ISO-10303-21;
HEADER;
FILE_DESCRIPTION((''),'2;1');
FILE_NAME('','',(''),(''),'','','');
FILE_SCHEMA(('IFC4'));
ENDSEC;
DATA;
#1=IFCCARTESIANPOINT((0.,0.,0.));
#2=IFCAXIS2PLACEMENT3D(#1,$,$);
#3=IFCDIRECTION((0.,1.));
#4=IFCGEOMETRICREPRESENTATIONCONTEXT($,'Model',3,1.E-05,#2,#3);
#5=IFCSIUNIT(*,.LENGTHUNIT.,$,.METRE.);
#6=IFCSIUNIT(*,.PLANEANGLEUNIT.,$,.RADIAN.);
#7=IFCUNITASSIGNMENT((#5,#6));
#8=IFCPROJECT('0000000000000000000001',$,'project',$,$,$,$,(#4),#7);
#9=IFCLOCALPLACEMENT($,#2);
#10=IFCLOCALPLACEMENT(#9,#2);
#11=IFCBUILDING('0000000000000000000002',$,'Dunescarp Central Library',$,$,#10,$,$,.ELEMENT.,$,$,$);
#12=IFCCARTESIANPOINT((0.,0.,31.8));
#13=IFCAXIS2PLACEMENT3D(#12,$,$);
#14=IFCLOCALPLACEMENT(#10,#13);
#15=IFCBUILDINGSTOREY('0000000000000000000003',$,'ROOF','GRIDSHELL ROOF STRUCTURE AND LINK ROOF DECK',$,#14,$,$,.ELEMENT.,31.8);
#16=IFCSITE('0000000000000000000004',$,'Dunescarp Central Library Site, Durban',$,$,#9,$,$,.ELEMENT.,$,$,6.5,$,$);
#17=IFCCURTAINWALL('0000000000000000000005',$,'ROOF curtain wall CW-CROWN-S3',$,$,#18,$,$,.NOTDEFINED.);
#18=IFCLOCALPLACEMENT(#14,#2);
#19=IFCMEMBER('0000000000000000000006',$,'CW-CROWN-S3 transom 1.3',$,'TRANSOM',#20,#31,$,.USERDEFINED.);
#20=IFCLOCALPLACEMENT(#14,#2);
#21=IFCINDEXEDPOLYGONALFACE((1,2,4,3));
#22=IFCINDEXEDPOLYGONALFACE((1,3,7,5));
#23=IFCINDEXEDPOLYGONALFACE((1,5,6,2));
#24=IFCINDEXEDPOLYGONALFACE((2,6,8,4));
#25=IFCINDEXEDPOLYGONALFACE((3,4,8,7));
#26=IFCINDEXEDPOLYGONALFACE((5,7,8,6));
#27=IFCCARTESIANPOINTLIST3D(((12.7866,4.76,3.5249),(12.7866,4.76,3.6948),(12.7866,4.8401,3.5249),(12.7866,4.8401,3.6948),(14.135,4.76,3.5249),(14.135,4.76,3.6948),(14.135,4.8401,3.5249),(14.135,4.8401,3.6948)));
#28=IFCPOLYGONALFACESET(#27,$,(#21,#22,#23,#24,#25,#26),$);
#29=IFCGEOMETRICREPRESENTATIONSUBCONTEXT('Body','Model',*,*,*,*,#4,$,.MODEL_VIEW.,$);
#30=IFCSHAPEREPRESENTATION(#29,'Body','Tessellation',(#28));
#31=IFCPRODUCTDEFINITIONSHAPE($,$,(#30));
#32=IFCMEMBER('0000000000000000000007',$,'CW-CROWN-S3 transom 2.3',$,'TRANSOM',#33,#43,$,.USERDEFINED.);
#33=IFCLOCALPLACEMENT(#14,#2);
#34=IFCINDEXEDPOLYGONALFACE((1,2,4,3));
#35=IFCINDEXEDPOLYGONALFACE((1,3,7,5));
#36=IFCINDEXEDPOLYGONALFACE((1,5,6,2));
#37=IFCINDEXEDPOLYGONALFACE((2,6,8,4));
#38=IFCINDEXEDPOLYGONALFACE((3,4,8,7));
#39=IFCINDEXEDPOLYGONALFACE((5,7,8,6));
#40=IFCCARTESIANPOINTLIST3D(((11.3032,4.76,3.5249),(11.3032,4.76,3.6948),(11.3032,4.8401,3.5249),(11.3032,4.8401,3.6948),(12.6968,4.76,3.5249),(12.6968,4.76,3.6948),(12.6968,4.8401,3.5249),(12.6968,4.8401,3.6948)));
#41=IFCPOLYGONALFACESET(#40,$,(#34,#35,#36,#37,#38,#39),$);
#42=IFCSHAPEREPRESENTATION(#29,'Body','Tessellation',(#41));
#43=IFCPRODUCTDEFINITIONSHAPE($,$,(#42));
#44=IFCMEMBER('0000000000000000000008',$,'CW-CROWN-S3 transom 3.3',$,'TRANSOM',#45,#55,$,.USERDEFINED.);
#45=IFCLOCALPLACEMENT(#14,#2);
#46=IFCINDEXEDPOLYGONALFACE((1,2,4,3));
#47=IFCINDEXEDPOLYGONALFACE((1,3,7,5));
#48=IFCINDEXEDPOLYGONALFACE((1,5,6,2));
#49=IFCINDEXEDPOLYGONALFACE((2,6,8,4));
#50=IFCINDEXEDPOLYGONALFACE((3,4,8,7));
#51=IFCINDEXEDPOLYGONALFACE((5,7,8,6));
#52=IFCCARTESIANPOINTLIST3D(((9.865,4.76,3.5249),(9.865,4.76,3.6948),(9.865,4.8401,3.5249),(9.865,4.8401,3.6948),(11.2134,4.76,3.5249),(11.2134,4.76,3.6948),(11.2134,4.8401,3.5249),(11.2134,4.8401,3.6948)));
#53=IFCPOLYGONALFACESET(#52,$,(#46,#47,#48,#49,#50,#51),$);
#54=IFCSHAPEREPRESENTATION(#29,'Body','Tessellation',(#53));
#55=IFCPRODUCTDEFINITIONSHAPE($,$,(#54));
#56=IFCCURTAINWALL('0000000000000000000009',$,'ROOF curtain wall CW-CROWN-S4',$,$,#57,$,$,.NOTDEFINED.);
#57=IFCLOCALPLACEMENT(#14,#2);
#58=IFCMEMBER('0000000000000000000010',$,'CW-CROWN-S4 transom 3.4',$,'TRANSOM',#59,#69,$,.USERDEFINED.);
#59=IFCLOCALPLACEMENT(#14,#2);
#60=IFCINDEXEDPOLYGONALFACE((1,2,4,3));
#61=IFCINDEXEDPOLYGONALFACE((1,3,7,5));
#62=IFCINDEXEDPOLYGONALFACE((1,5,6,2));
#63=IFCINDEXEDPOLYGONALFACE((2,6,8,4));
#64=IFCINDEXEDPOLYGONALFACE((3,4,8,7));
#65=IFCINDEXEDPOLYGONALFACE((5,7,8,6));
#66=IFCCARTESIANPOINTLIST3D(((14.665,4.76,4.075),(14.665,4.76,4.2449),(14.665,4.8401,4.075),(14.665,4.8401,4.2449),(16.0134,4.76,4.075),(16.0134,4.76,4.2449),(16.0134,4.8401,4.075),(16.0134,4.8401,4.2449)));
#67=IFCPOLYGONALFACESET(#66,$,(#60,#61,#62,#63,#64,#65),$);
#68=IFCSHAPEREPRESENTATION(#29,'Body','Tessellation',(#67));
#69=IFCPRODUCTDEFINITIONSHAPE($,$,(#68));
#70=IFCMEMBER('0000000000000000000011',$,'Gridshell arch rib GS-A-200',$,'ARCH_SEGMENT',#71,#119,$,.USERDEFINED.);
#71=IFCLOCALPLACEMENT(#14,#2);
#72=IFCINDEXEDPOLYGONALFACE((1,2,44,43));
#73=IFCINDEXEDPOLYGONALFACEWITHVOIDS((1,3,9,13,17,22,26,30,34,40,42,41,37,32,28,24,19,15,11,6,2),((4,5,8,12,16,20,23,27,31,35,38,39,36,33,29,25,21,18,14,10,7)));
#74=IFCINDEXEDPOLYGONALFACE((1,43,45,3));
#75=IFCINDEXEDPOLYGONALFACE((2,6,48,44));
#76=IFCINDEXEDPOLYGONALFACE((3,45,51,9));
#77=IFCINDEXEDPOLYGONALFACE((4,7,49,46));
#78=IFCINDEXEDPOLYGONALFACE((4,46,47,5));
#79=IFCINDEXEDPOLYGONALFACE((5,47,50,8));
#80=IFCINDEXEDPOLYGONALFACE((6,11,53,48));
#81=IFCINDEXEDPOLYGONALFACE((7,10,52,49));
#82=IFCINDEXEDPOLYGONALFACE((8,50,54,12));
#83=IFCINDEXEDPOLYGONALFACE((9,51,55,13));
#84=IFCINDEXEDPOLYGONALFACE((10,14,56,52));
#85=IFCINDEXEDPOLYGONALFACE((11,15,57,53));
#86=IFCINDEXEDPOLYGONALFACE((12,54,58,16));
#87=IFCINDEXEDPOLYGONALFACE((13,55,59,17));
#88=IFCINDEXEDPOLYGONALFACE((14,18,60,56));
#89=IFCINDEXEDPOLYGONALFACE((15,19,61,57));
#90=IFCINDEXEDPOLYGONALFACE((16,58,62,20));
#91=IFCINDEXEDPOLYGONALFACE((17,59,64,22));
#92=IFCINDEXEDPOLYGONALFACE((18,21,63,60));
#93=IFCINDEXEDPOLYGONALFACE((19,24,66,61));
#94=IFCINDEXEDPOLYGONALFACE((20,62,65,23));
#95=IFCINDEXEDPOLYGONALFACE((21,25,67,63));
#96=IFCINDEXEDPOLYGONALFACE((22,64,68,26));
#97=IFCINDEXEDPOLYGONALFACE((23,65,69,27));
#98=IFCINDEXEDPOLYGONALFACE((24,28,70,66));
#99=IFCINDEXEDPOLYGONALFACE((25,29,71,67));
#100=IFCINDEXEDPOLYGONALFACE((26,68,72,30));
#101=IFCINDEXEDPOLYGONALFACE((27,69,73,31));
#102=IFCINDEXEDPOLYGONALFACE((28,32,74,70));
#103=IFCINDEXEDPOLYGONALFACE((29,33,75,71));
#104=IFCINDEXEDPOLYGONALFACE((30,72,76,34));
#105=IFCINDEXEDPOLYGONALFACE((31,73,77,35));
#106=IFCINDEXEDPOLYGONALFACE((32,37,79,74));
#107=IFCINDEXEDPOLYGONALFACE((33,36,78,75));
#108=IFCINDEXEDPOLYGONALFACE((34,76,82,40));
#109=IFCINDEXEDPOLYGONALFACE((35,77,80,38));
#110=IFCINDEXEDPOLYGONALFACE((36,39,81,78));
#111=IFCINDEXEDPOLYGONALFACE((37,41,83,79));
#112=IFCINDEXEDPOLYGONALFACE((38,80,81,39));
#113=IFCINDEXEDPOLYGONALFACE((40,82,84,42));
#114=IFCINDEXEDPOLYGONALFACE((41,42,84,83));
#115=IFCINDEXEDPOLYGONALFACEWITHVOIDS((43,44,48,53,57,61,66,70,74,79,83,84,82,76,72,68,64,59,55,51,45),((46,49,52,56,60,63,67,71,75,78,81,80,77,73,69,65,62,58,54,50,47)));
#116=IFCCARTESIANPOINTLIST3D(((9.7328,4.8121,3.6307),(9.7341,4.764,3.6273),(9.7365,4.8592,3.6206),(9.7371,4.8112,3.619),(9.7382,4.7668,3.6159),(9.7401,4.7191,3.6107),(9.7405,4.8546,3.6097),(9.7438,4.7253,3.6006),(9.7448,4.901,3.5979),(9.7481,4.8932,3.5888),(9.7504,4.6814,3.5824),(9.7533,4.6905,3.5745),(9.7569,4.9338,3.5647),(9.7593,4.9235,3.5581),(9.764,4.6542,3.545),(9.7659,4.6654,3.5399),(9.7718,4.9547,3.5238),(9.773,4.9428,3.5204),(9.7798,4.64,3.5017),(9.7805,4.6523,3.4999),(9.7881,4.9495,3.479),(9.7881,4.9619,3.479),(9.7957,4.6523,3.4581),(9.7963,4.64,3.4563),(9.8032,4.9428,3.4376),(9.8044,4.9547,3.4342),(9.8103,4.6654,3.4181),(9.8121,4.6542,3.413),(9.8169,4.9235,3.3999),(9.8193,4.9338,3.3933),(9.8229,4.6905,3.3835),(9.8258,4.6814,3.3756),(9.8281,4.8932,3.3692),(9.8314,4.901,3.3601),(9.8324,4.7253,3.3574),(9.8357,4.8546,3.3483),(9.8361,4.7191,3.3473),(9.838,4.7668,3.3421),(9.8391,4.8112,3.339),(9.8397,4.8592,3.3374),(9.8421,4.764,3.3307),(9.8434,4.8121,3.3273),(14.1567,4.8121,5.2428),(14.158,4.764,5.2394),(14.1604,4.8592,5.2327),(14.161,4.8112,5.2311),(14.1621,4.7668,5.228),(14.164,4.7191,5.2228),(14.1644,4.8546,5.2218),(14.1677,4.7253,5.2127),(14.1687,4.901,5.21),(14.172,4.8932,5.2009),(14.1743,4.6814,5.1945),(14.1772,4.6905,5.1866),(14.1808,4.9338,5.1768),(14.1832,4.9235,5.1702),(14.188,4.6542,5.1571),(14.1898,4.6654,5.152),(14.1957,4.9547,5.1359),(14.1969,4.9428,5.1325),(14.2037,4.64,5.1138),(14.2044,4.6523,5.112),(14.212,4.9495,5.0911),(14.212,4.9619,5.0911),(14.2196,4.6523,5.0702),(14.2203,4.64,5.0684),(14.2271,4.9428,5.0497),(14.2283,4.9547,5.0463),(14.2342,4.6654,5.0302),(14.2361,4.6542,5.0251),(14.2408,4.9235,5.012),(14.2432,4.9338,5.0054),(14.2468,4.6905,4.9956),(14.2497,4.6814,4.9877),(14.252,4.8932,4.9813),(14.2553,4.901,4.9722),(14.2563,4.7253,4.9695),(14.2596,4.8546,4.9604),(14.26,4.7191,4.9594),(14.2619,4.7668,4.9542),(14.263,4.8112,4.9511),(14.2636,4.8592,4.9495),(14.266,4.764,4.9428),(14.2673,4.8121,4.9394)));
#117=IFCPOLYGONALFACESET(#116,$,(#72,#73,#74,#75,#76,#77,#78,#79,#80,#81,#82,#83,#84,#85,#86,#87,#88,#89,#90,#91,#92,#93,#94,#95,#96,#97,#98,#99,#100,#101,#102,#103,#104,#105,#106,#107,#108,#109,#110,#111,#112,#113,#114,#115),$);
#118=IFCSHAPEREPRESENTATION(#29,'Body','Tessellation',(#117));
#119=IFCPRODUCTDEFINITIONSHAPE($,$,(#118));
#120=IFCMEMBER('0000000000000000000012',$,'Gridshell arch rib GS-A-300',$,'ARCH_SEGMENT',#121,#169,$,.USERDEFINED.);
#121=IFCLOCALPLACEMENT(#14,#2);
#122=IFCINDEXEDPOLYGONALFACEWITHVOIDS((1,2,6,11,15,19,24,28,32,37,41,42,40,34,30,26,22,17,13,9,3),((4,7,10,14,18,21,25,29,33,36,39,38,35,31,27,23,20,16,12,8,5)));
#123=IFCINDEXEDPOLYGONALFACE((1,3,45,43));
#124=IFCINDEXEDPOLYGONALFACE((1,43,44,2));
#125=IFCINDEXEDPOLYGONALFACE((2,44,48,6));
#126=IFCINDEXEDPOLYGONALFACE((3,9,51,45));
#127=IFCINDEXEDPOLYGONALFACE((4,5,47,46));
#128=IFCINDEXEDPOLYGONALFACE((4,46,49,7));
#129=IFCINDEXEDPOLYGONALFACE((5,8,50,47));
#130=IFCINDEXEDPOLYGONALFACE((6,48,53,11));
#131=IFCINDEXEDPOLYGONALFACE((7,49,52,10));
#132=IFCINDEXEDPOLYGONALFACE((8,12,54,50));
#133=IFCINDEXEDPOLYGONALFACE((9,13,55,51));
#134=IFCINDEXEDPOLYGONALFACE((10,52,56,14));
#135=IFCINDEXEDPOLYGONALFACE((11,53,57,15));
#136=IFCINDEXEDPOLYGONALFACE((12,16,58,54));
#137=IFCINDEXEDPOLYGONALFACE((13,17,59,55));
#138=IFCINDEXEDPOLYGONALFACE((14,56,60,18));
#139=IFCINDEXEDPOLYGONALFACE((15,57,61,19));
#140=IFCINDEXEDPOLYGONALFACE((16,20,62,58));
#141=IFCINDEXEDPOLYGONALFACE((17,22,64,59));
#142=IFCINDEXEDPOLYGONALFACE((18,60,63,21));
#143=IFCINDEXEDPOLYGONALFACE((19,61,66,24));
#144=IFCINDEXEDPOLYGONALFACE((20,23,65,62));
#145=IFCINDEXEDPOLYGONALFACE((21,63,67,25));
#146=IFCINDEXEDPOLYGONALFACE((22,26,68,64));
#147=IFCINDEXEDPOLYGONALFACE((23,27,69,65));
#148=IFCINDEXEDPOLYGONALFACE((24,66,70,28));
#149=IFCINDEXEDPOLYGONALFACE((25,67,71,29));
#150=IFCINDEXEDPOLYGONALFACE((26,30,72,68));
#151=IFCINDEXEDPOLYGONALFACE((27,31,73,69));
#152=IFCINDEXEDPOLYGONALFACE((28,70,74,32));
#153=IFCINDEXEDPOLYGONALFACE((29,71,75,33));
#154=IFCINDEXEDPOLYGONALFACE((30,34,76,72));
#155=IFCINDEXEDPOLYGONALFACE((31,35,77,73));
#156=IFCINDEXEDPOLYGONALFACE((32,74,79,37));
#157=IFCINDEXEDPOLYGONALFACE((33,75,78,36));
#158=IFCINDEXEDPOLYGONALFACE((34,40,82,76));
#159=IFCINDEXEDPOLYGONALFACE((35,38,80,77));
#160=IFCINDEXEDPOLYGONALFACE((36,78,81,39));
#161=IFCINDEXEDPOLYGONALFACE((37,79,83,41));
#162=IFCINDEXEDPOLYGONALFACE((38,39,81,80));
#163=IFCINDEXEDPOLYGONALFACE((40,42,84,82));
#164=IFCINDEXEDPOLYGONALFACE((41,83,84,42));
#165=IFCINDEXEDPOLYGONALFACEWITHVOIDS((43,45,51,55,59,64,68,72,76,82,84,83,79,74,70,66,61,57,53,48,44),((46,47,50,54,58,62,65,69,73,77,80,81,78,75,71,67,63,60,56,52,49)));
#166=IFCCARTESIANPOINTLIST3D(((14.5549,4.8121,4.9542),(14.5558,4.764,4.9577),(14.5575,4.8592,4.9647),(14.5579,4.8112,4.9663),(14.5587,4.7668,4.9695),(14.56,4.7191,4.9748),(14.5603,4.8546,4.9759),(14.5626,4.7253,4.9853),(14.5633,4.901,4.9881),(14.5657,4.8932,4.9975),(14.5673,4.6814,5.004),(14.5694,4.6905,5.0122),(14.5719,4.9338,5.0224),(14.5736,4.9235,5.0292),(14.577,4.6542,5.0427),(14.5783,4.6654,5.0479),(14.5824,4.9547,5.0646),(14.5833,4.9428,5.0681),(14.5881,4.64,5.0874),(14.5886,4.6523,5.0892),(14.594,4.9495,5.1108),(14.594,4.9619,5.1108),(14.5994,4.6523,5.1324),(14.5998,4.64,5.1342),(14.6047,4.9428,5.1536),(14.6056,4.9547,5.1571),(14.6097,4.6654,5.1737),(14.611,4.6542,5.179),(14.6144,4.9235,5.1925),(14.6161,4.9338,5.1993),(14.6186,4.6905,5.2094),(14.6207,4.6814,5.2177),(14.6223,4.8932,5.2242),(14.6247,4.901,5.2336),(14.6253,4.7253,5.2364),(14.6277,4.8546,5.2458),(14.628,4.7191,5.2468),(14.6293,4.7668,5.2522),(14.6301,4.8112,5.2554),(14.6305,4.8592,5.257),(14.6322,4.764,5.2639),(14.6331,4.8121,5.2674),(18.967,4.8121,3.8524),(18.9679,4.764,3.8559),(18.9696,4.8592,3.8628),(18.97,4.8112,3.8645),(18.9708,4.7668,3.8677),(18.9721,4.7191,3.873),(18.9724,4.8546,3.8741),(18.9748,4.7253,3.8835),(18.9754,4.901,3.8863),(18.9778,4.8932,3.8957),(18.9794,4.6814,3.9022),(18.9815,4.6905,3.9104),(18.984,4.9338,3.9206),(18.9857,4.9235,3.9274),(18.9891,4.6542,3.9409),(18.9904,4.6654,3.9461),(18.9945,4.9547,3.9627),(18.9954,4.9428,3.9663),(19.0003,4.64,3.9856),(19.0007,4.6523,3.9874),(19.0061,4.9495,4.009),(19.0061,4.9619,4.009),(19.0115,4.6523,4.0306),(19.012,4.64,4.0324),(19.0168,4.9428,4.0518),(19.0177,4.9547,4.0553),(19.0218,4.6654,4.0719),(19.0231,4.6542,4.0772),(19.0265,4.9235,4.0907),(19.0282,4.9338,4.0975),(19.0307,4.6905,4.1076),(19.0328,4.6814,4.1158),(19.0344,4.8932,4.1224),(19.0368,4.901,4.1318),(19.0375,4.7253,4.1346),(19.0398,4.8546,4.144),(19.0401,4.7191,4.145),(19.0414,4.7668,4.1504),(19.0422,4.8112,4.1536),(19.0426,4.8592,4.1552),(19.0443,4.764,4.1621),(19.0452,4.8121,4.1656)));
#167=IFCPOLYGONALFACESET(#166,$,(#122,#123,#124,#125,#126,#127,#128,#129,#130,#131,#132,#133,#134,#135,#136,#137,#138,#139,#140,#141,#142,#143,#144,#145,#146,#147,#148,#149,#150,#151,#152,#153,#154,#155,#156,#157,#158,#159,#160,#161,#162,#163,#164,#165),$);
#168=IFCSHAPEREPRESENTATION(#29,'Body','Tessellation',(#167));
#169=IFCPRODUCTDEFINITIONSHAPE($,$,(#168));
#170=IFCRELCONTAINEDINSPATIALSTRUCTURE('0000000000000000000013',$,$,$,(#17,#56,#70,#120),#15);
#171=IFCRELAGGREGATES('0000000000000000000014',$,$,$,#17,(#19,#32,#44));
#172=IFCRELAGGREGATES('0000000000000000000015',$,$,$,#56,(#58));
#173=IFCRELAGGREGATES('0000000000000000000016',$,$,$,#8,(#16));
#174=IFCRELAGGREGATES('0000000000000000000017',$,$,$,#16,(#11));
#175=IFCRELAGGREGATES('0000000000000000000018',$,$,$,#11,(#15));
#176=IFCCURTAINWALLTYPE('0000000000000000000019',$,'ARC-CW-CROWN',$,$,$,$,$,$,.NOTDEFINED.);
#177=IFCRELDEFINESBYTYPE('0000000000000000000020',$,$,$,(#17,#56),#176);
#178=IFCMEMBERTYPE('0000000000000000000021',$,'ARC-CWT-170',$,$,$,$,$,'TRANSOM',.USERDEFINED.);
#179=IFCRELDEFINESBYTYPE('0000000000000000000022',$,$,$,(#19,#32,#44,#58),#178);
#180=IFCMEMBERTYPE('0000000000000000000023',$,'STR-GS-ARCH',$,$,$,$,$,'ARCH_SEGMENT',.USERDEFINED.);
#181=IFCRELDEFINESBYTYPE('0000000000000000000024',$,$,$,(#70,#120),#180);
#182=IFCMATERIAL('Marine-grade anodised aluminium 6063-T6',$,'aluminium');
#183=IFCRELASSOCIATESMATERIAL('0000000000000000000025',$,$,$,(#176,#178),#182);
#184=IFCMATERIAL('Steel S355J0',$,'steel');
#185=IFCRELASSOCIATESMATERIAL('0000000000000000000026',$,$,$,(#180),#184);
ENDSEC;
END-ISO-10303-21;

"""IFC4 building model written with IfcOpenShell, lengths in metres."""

from ifc_helpers import new_model, si_unit, direction, frame, origin, origin_2d, place, context, subcontext, project, spatial, rectangle, hollow_circle, extrude, material, material_profile, profile_set, type_object, element, aggregate, save


model = new_model("IFC4")

# Units and contexts
model_context = context("Model", 3, precision=1e-05, world=origin(), true_north=direction((0.0, 1.0)))
body_context = subcontext(model_context, "Body", "Model", "MODEL_VIEW")
ifc_project = project(units=[si_unit("LENGTHUNIT", "METRE"), si_unit("PLANEANGLEUNIT", "RADIAN")], contexts=[model_context])

# Site, building, storey
site_placement = place(None, origin())
site = spatial("IfcSite", under=ifc_project, at=site_placement, Name="Dunescarp Central Library Site, Durban", CompositionType="ELEMENT", RefElevation=6.5)
building_placement = place(site_placement, origin())
building = spatial("IfcBuilding", under=site, at=building_placement, Name="Dunescarp Central Library", CompositionType="ELEMENT")
storey_placement = place(building_placement, frame((0.0, 0.0, 31.8)))
storey = spatial("IfcBuildingStorey", under=building, at=storey_placement, Name="ROOF", Description="GRIDSHELL ROOF STRUCTURE AND LINK ROOF DECK", CompositionType="ELEMENT", Elevation=31.8)

# Curtain wall, members
ifc_material_1 = material(Name="Marine-grade anodised aluminium 6063-T6", Category="aluminium")
curtain_wall_type = type_object("IfcCurtainWallType", Name="ARC-CW-CROWN", PredefinedType="NOTDEFINED", material=ifc_material_1)
curtain_wall_1_placement = place(storey_placement, origin())
curtain_wall_1 = element("IfcCurtainWall", 1, at=curtain_wall_1_placement, inside=storey, type_object=curtain_wall_type, Name="ROOF curtain wall CW-CROWN-S3", PredefinedType="NOTDEFINED")
ifc_material_profile_1 = material_profile(ifc_material_1, rectangle(XDim=0.0801, YDim=0.1699, at=origin_2d()), Name="AL 80x170")
ifc_profile_set_1 = profile_set([ifc_material_profile_1], Name="Marine-grade anodised aluminium 6063-T6")
member_type_1 = type_object("IfcMemberType", Name="ARC-CWT-170", ElementType="TRANSOM", PredefinedType="USERDEFINED", material=ifc_profile_set_1)
member_1_placement = place(storey_placement, frame((14.135, 4.8, 3.6099), z_axis=(-1.0, 0.0, 0.0), x_axis=(0.0, -1.0, 0.0)))
member_1 = element("IfcMember", 2, at=member_1_placement, type_object=member_type_1, Name="CW-CROWN-S3 transom 1.3", ObjectType="TRANSOM", PredefinedType="USERDEFINED", context=body_context, shape_type="SweptSolid", body=[
    extrude(rectangle(XDim=0.0801, YDim=0.1699, at=origin_2d()), origin(), (0.0, 0.0, 1.0), 1.3484),
])
member_2_placement = place(storey_placement, frame((12.6968, 4.8, 3.6099), z_axis=(-1.0, 0.0, 0.0), x_axis=(0.0, -1.0, 0.0)))
member_2 = element("IfcMember", 3, at=member_2_placement, type_object=member_type_1, Name="CW-CROWN-S3 transom 2.3", ObjectType="TRANSOM", PredefinedType="USERDEFINED", context=body_context, shape_type="SweptSolid", body=[
    extrude(rectangle(XDim=0.0801, YDim=0.1699, at=origin_2d()), origin(), (0.0, 0.0, 1.0), 1.3936),
])
member_3_placement = place(storey_placement, frame((11.2134, 4.8, 3.6099), z_axis=(-1.0, 0.0, 0.0), x_axis=(0.0, -1.0, 0.0)))
member_3 = element("IfcMember", 4, at=member_3_placement, type_object=member_type_1, Name="CW-CROWN-S3 transom 3.3", ObjectType="TRANSOM", PredefinedType="USERDEFINED", context=body_context, shape_type="SweptSolid", body=[
    extrude(rectangle(XDim=0.0801, YDim=0.1699, at=origin_2d()), origin(), (0.0, 0.0, 1.0), 1.3484),
])
aggregate(curtain_wall_1, [member_1, member_2, member_3])

# Curtain wall, member
curtain_wall_2_placement = place(storey_placement, origin())
curtain_wall_2 = element("IfcCurtainWall", 5, at=curtain_wall_2_placement, inside=storey, type_object=curtain_wall_type, Name="ROOF curtain wall CW-CROWN-S4", PredefinedType="NOTDEFINED")
member_4_placement = place(storey_placement, frame((16.0134, 4.8, 4.1599), z_axis=(-1.0, 0.0, 0.0), x_axis=(0.0, -1.0, 0.0)))
member_4 = element("IfcMember", 6, at=member_4_placement, type_object=member_type_1, Name="CW-CROWN-S4 transom 3.4", ObjectType="TRANSOM", PredefinedType="USERDEFINED", context=body_context, shape_type="SweptSolid", body=[
    extrude(rectangle(XDim=0.0801, YDim=0.1699, at=origin_2d()), origin(), (0.0, 0.0, 1.0), 1.3484),
])

# Members
ifc_material_2 = material(Name="Steel S355J0", Category="steel")
ifc_material_profile_2 = material_profile(ifc_material_2, hollow_circle(Radius=0.1619, WallThickness=0.0125, at=origin_2d()), Name="CHS 323.9x12.5")
ifc_profile_set_2 = profile_set([ifc_material_profile_2], Name="Steel S355J0")
member_type_2 = type_object("IfcMemberType", Name="STR-GS-ARCH", ElementType="ARCH_SEGMENT", PredefinedType="USERDEFINED", material=ifc_profile_set_2)
member_5_placement = place(storey_placement, frame((9.7881, 4.8, 3.479), z_axis=(0.939562, 0.0, 0.34238), x_axis=(0.0, 1.0, 0.0)))
element("IfcMember", 7, at=member_5_placement, inside=storey, type_object=member_type_2, Name="Gridshell arch rib GS-A-200", ObjectType="ARCH_SEGMENT", PredefinedType="USERDEFINED", context=body_context, shape_type="SweptSolid", body=[
    extrude(hollow_circle(Radius=0.1619, WallThickness=0.0125, at=origin_2d()), origin(), (0.0, 0.0, 1.0), 4.7085),
])
member_6_placement = place(storey_placement, frame((14.594, 4.8, 5.1108), z_axis=(0.970206, 0.0, -0.242283), x_axis=(0.0, 1.0, 0.0)))
element("IfcMember", 8, at=member_6_placement, inside=storey, type_object=member_type_2, Name="Gridshell arch rib GS-A-300", ObjectType="ARCH_SEGMENT", PredefinedType="USERDEFINED", context=body_context, shape_type="SweptSolid", body=[
    extrude(hollow_circle(Radius=0.1619, WallThickness=0.0125, at=origin_2d()), origin(), (0.0, 0.0, 1.0), 4.5476),
])

aggregate(curtain_wall_2, [member_4])

save(model, "model.ifc")
